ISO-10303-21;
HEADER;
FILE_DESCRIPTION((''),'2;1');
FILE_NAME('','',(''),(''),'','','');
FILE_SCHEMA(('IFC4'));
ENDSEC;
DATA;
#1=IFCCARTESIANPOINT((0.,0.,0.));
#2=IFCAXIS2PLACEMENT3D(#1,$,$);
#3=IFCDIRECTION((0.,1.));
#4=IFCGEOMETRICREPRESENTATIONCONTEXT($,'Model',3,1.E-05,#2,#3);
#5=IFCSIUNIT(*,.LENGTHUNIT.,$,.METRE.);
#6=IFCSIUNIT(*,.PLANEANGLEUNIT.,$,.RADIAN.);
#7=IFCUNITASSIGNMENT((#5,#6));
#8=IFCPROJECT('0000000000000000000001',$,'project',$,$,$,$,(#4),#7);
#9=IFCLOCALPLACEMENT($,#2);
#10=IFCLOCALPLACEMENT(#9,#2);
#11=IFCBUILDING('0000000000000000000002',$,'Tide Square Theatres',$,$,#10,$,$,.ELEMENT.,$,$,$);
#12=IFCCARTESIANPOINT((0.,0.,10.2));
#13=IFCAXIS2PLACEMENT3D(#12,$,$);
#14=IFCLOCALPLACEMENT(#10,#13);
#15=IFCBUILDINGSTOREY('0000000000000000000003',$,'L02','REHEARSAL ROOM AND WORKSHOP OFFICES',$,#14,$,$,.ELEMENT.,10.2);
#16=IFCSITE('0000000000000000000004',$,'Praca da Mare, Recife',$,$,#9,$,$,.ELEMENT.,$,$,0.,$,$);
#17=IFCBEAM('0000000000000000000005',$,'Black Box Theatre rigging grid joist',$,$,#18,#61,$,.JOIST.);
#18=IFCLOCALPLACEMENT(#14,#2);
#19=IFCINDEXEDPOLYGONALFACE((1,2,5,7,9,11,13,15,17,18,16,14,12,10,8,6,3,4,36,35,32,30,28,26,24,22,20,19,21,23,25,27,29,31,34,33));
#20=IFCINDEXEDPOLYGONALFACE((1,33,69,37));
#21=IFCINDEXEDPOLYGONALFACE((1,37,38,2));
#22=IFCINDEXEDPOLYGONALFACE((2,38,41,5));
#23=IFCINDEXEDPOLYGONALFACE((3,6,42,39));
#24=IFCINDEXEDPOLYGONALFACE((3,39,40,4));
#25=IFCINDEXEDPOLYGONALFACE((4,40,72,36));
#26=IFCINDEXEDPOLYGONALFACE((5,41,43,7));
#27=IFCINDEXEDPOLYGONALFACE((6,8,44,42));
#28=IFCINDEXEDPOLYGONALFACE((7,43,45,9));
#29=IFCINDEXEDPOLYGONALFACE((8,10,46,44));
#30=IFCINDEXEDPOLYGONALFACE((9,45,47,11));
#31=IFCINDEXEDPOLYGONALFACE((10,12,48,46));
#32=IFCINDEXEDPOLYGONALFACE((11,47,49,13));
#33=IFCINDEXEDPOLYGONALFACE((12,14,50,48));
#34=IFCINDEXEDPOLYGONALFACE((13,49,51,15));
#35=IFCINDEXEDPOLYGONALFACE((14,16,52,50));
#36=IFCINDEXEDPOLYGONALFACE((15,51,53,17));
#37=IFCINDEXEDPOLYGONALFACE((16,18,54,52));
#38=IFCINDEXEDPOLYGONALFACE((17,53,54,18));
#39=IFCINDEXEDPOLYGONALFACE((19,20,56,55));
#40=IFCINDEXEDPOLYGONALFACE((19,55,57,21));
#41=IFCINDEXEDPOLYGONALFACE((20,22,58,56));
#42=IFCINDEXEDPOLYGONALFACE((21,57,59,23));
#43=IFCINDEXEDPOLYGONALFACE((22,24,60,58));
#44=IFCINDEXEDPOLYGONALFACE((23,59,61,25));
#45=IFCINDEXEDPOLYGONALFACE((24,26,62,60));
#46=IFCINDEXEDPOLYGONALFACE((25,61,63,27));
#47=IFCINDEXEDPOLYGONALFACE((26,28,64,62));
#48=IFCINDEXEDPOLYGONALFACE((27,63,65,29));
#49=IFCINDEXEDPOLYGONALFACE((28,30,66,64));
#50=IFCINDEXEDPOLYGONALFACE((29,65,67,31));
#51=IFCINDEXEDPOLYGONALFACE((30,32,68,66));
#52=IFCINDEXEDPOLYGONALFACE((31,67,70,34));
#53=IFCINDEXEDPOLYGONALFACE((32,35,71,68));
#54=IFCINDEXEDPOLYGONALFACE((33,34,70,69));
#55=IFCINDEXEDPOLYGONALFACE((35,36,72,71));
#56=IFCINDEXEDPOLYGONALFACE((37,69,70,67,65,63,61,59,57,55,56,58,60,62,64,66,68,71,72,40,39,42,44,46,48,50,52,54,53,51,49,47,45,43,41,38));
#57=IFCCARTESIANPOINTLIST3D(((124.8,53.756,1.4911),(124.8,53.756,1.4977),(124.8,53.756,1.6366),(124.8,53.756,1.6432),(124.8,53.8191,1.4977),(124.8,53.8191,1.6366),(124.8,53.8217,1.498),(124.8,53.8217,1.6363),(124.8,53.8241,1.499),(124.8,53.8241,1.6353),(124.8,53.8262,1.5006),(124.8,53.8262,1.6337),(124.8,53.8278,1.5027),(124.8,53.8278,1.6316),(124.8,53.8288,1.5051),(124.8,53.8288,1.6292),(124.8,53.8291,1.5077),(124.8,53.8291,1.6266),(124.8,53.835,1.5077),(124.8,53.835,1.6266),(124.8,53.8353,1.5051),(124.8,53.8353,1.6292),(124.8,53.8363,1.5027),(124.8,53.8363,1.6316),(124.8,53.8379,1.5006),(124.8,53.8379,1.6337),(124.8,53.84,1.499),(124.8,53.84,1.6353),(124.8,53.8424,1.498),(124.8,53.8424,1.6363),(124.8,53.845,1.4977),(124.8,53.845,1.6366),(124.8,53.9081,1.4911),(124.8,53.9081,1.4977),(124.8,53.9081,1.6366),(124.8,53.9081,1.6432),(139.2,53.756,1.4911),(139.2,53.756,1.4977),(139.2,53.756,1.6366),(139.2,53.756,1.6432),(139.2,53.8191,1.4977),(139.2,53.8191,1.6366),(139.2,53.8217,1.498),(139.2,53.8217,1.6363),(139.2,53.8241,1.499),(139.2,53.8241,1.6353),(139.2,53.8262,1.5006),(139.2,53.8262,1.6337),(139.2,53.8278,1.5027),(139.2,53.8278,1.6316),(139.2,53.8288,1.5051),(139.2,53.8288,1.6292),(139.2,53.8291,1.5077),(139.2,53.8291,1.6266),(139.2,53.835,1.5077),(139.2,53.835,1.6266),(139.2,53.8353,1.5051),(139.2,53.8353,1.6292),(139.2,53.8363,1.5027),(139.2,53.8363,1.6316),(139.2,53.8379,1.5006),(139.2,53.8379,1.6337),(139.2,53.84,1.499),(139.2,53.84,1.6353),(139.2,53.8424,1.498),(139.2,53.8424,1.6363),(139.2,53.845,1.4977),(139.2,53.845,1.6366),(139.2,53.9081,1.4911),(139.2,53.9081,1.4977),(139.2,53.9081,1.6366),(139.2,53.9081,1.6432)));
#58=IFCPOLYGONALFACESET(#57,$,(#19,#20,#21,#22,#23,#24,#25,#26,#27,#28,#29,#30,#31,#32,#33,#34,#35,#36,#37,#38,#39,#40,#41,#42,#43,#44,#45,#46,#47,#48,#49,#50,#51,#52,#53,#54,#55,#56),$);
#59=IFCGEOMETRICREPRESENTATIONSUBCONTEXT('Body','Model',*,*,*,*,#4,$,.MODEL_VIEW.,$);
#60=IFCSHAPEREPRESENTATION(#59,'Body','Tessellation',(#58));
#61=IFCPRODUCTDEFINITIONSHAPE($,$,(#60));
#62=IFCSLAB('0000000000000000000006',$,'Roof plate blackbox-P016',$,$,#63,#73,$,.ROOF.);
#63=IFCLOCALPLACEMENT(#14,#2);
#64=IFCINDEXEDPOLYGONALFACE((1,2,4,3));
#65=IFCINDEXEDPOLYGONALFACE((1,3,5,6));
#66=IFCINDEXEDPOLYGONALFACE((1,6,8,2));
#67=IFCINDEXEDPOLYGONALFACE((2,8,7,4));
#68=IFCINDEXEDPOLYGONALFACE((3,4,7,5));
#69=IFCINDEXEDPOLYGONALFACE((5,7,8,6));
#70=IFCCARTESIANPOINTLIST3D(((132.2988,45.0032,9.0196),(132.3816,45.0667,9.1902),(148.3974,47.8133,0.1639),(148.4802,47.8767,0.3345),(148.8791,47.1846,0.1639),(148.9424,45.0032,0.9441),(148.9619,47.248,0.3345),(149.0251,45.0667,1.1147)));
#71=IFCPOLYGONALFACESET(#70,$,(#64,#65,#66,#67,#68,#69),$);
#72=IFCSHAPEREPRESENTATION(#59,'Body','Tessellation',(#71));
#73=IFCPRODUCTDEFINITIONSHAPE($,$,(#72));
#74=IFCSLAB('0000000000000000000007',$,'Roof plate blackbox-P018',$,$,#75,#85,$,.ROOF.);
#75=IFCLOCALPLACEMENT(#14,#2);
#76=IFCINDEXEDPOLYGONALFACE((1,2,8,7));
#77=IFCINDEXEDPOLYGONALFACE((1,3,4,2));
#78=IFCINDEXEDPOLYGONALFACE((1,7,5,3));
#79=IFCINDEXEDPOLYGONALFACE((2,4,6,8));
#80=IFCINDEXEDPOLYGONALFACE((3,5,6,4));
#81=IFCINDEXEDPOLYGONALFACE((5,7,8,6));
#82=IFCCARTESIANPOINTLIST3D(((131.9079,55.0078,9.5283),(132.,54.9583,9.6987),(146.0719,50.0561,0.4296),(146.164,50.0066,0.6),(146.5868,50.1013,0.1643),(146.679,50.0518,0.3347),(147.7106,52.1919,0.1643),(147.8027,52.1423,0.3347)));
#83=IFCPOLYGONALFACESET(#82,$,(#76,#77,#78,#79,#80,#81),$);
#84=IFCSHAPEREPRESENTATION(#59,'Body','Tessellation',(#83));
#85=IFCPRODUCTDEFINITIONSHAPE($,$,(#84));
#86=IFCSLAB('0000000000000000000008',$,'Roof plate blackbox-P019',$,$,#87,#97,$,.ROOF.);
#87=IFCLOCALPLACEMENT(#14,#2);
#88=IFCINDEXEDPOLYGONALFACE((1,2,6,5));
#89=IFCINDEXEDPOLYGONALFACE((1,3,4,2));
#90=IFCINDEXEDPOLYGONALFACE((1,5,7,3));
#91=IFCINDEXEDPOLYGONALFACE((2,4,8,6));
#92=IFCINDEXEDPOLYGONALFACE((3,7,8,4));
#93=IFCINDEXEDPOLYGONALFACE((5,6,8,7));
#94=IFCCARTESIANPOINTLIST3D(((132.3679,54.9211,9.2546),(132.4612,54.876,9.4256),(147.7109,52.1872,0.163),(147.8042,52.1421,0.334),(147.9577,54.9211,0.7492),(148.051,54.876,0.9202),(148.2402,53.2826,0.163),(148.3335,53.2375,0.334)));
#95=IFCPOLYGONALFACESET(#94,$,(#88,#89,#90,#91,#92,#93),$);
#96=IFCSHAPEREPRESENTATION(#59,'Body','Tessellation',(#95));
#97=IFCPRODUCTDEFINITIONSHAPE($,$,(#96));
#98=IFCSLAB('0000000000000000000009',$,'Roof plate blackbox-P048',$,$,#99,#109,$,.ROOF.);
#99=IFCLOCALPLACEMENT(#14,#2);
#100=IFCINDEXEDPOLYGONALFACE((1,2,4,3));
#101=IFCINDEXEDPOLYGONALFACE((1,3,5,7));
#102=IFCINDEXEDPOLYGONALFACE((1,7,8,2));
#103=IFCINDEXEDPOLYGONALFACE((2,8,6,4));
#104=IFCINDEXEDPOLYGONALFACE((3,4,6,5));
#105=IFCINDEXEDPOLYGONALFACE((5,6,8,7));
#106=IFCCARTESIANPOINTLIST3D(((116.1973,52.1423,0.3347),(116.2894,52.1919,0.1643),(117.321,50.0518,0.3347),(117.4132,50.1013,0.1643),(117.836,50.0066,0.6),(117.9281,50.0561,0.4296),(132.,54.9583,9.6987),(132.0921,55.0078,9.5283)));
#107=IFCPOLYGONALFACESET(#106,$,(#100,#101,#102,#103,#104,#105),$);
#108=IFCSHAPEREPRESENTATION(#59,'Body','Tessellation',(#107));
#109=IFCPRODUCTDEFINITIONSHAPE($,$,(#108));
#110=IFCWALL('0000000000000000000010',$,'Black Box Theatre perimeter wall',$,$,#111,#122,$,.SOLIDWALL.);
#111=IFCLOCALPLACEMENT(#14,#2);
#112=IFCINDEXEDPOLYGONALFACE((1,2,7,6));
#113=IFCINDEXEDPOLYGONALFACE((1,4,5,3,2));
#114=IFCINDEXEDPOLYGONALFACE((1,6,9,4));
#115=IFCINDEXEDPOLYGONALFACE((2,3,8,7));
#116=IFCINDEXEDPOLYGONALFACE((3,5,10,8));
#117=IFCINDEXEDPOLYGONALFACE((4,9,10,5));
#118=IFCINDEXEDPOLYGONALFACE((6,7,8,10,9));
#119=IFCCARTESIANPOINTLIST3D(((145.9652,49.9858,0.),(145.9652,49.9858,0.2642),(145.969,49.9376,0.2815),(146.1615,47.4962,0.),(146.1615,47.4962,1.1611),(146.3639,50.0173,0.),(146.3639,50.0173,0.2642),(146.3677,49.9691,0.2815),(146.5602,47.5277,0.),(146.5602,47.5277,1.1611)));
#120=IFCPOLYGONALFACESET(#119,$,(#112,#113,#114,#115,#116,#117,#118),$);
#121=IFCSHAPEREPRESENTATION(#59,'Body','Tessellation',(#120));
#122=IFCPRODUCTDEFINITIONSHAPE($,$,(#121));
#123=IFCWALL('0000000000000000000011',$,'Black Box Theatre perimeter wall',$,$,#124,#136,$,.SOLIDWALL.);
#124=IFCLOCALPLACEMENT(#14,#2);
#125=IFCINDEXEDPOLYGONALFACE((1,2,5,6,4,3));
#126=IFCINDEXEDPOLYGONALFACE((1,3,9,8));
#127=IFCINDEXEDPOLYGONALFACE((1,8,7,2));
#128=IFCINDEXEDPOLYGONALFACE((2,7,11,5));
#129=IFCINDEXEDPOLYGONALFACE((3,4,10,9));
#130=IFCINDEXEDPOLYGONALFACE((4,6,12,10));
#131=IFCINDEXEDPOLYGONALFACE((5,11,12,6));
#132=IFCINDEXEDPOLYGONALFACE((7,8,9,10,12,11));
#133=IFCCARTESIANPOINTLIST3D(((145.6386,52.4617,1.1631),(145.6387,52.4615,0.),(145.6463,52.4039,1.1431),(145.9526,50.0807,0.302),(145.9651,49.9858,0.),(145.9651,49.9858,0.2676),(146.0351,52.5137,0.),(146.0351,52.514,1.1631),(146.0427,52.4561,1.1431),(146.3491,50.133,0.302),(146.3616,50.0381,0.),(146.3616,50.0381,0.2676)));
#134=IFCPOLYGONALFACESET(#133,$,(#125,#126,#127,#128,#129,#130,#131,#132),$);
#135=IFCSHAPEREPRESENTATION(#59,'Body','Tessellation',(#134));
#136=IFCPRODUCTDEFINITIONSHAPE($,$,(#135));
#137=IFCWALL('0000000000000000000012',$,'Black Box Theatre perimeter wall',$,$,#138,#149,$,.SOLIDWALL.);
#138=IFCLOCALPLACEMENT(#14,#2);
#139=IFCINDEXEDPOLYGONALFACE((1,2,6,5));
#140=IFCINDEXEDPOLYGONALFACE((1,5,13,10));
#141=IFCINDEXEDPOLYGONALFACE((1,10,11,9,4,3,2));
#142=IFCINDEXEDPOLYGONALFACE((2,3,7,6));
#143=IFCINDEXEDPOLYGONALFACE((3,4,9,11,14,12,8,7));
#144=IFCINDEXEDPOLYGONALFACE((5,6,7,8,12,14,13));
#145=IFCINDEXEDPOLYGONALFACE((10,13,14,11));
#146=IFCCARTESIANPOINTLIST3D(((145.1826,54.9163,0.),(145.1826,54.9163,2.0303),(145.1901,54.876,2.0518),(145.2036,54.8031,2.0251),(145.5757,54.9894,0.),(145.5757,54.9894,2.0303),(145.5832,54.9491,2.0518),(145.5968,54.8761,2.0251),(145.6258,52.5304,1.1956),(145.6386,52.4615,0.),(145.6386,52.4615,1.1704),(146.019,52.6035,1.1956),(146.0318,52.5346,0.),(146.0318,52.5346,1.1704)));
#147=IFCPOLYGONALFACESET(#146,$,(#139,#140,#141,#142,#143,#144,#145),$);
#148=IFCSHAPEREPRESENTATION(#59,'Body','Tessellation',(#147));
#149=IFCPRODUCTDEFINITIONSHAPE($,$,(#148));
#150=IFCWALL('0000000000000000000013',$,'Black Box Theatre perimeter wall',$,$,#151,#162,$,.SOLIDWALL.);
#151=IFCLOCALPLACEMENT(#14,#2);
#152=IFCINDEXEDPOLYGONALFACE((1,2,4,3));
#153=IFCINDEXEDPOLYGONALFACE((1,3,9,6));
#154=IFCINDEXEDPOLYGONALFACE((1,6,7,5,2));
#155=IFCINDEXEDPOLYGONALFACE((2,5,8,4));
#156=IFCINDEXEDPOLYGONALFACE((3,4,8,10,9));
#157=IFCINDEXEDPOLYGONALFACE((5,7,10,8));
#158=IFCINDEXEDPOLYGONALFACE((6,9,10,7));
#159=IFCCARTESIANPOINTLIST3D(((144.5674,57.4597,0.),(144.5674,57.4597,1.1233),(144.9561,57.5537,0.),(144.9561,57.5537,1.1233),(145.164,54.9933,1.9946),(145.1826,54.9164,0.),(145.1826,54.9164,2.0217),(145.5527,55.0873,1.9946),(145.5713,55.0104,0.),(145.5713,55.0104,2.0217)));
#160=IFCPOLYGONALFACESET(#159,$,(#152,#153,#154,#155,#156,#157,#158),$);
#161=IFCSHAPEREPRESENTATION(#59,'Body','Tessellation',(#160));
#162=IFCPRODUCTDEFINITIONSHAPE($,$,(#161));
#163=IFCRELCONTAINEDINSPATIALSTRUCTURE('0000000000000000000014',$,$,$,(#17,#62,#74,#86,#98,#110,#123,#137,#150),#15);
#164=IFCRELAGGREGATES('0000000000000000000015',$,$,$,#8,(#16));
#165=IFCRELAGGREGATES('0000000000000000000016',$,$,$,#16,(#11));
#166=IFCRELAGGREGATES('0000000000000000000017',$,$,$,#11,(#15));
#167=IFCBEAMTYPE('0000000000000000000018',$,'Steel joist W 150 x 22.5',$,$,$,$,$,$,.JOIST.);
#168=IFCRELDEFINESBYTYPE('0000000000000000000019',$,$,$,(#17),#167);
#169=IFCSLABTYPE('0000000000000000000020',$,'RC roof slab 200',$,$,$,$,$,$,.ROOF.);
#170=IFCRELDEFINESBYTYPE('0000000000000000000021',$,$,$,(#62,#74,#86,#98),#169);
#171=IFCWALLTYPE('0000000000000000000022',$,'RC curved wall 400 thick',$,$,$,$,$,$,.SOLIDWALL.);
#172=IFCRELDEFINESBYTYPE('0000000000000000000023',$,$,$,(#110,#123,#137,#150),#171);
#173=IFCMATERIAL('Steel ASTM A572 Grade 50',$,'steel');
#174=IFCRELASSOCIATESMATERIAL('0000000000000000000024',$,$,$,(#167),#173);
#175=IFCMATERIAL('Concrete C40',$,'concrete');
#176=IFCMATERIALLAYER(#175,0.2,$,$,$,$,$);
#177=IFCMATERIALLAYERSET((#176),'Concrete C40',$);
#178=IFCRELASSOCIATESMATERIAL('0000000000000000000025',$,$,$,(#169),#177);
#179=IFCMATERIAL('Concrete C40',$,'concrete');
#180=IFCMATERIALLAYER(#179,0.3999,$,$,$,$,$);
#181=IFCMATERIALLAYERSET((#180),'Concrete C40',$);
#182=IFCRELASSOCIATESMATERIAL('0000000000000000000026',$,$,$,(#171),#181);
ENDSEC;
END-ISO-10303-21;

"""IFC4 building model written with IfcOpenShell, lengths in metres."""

from ifc_helpers import new_model, si_unit, direction, frame, origin, origin_2d, place, context, subcontext, project, spatial, polyline, i_section, outline, extrude, material, layer, layer_set, material_profile, profile_set, type_object, element, save


model = new_model("IFC4")

# Units and contexts
model_context = context("Model", 3, precision=1e-05, world=origin(), true_north=direction((0.0, 1.0)))
body_context = subcontext(model_context, "Body", "Model", "MODEL_VIEW")
ifc_project = project(units=[si_unit("LENGTHUNIT", "METRE"), si_unit("PLANEANGLEUNIT", "RADIAN")], contexts=[model_context])

# Site, building, storey
site_placement = place(None, origin())
site = spatial("IfcSite", under=ifc_project, at=site_placement, Name="Praca da Mare, Recife", CompositionType="ELEMENT", RefElevation=0.0)
building_placement = place(site_placement, origin())
building = spatial("IfcBuilding", under=site, at=building_placement, Name="Tide Square Theatres", CompositionType="ELEMENT")
storey_placement = place(building_placement, frame((0.0, 0.0, 10.2)))
storey = spatial("IfcBuildingStorey", under=building, at=storey_placement, Name="L02", Description="REHEARSAL ROOM AND WORKSHOP OFFICES", CompositionType="ELEMENT", Elevation=10.2)

# Beam
ifc_material_1 = material(Name="Steel ASTM A572 Grade 50", Category="steel")
ifc_material_profile_1 = material_profile(ifc_material_1, i_section(OverallWidth=0.1521, OverallDepth=0.1521, WebThickness=0.0059, FlangeThickness=0.0066, FilletRadius=0.01, at=origin_2d()))
ifc_profile_set_1 = profile_set([ifc_material_profile_1], Name="Steel ASTM A572 Grade 50")
beam_type_1 = type_object("IfcBeamType", Name="Steel joist W 150 x 22.5", PredefinedType="JOIST", material=ifc_profile_set_1)
for number, where, z_axis, x_axis, name in (
    (1, (139.2, 53.832, 1.5671), (-1.0, 0.0, 0.0), (0.0, -1.0, 0.0), "Black Box Theatre rigging grid joist"),
):
    element("IfcBeam", number, at=place(storey_placement, frame(where, z_axis=z_axis, x_axis=x_axis)), inside=storey, type_object=beam_type_1, Name=name, PredefinedType="JOIST", context=body_context, shape_type="SweptSolid", body=[
        extrude(i_section(OverallWidth=0.1521, OverallDepth=0.1521, WebThickness=0.0059, FlangeThickness=0.0066, FilletRadius=0.01, at=origin_2d()), origin(), (0.0, 0.0, 1.0), 14.3999),
    ])

# Slabs
ifc_material_2 = material(Name="Concrete C40", Category="concrete")
ifc_layer_1 = layer(ifc_material_2, 0.2)
ifc_layer_set_1 = layer_set([ifc_layer_1], Name="Concrete C40")
slab_type = type_object("IfcSlabType", Name="RC roof slab 200", PredefinedType="ROOF", material=ifc_layer_set_1)
slab_1_placement = place(storey_placement, frame((148.9619, 47.248, 0.3345), z_axis=(0.413986, 0.317197, 0.85323), x_axis=(-0.608203, 0.793781, 0.000003)))
element("IfcSlab", 2, at=slab_1_placement, inside=storey, type_object=slab_type, Name="Roof plate blackbox-P016", PredefinedType="ROOF", context=body_context, shape_type="SweptSolid", body=[
    extrude(outline(polyline([(0.0, 0.0), (0.792, 0.0), (8.3527, 16.98), (-1.77, 1.4961), (0.0, 0.0)])), origin(), (0.0, 0.0, -1.0), 0.2),
])
slab_2_placement = place(storey_placement, frame((146.679, 50.0518, 0.3347), z_axis=(0.460849, -0.247698, 0.852211), x_axis=(0.473462, 0.880814, -0.000022)))
element("IfcSlab", 3, at=slab_2_placement, inside=storey, type_object=slab_type, Name="Roof plate blackbox-P018", PredefinedType="ROOF", context=body_context, shape_type="SweptSolid", body=[
    extrude(outline(polyline([(0.0, 0.0), (2.3735, 0.0), (-2.6284, 17.8975), (-0.2836, 0.5071), (0.0, 0.0)])), origin(), (0.0, 0.0, -1.0), 0.2),
])
slab_3_placement = place(storey_placement, frame((147.8042, 52.1421, 0.334), z_axis=(0.466598, -0.225501, 0.85524), x_axis=(0.435074, 0.900394, 0.000041)))
element("IfcSlab", 4, at=slab_3_placement, inside=storey, type_object=slab_type, Name="Roof plate blackbox-P019", PredefinedType="ROOF", context=body_context, shape_type="SweptSolid", body=[
    extrude(outline(polyline([(0.0, 0.0), (1.2166, 0.0), (2.569, 1.1309), (-4.2134, 17.5438), (0.0, 0.0)])), origin(), (0.0, 0.0, -1.0), 0.2),
])
slab_4_placement = place(storey_placement, frame((132.0, 54.9583, 9.6987), z_axis=(-0.460849, -0.247698, 0.852211), x_axis=(-0.85037, -0.151528, -0.503896)))
element("IfcSlab", 5, at=slab_4_placement, inside=storey, type_object=slab_type, Name="Roof plate blackbox-P048", PredefinedType="ROOF", context=body_context, shape_type="SweptSolid", body=[
    extrude(outline(polyline([(0.0, 0.0), (18.5833, 0.0), (17.9445, 2.2859), (17.3798, 2.4225), (0.0, 0.0)])), origin(), (0.0, 0.0, -1.0), 0.2),
])

# Walls
ifc_material_3 = material(Name="Concrete C40", Category="concrete")
ifc_layer_2 = layer(ifc_material_3, 0.3999)
ifc_layer_set_2 = layer_set([ifc_layer_2], Name="Concrete C40")
wall_type = type_object("IfcWallType", Name="RC curved wall 400 thick", PredefinedType="SOLIDWALL", material=ifc_layer_set_2)
wall_1_placement = place(storey_placement, frame((146.3608, 47.512, 0.0), z_axis=(0.0, 0.0, 1.0), x_axis=(-0.078603, 0.996906, 0.0)))
element("IfcWall", 6, at=wall_1_placement, inside=storey, type_object=wall_type, Name="Black Box Theatre perimeter wall", PredefinedType="SOLIDWALL", context=body_context, shape_type="SweptSolid", body=[
    extrude(outline(polyline([(0.0, 0.0), (2.4973, 0.0), (2.4973, 0.2642), (2.449, 0.2815), (0.0, 1.1611), (0.0, 0.0)])), frame((0.0, 0.2, 0.0), z_axis=(0.0, -1.0, 0.0), x_axis=(1.0, 0.0, 0.0)), (0.0, 0.0, 1.0), 0.3999),
])
wall_2_placement = place(storey_placement, frame((146.1633, 50.012, 0.0), z_axis=(0.0, 0.0, 1.0), x_axis=(-0.130723, 0.991419, 0.0)))
element("IfcWall", 7, at=wall_2_placement, inside=storey, type_object=wall_type, Name="Black Box Theatre perimeter wall", PredefinedType="SOLIDWALL", context=body_context, shape_type="SweptSolid", body=[
    extrude(outline(polyline([(0.0, 0.0), (2.4971, 0.0), (2.4973, 1.1631), (2.439, 1.1431), (0.0957, 0.302), (0.0, 0.2676), (0.0, 0.0)])), frame((0.0, 0.2, 0.0), z_axis=(0.0, -1.0, 0.0), x_axis=(1.0, 0.0, 0.0)), (0.0, 0.0, 1.0), 0.3999),
])
wall_3_placement = place(storey_placement, frame((145.8352, 52.498, 0.0), z_axis=(0.0, 0.0, 1.0), x_axis=(-0.182653, 0.983177, 0.0)))
element("IfcWall", 8, at=wall_3_placement, inside=storey, type_object=wall_type, Name="Black Box Theatre perimeter wall", PredefinedType="SOLIDWALL", context=body_context, shape_type="SweptSolid", body=[
    extrude(outline(polyline([(0.0, 0.0), (2.4968, 0.0), (2.4968, 2.0303), (2.4558, 2.0518), (2.3816, 2.0251), (0.0701, 1.1956), (0.0, 1.1704), (0.0, 0.0)])), frame((0.0, 0.2, 0.0), z_axis=(0.0, -1.0, 0.0), x_axis=(1.0, 0.0, 0.0)), (0.0, 0.0, 1.0), 0.3999),
])
wall_4_placement = place(storey_placement, frame((145.377, 54.9634, 0.0), z_axis=(0.0, 0.0, 1.0), x_axis=(-0.235109, 0.971969, 0.0)))
element("IfcWall", 9, at=wall_4_placement, inside=storey, type_object=wall_type, Name="Black Box Theatre perimeter wall", PredefinedType="SOLIDWALL", context=body_context, shape_type="SweptSolid", body=[
    extrude(outline(polyline([(0.0, 0.0), (2.6167, 0.0), (2.6167, 1.1233), (0.0791, 1.9946), (0.0, 2.0217), (0.0, 0.0)])), frame((0.0, 0.2, 0.0), z_axis=(0.0, -1.0, 0.0), x_axis=(1.0, 0.0, 0.0)), (0.0, 0.0, 1.0), 0.3999),
])

save(model, "model.ifc")
